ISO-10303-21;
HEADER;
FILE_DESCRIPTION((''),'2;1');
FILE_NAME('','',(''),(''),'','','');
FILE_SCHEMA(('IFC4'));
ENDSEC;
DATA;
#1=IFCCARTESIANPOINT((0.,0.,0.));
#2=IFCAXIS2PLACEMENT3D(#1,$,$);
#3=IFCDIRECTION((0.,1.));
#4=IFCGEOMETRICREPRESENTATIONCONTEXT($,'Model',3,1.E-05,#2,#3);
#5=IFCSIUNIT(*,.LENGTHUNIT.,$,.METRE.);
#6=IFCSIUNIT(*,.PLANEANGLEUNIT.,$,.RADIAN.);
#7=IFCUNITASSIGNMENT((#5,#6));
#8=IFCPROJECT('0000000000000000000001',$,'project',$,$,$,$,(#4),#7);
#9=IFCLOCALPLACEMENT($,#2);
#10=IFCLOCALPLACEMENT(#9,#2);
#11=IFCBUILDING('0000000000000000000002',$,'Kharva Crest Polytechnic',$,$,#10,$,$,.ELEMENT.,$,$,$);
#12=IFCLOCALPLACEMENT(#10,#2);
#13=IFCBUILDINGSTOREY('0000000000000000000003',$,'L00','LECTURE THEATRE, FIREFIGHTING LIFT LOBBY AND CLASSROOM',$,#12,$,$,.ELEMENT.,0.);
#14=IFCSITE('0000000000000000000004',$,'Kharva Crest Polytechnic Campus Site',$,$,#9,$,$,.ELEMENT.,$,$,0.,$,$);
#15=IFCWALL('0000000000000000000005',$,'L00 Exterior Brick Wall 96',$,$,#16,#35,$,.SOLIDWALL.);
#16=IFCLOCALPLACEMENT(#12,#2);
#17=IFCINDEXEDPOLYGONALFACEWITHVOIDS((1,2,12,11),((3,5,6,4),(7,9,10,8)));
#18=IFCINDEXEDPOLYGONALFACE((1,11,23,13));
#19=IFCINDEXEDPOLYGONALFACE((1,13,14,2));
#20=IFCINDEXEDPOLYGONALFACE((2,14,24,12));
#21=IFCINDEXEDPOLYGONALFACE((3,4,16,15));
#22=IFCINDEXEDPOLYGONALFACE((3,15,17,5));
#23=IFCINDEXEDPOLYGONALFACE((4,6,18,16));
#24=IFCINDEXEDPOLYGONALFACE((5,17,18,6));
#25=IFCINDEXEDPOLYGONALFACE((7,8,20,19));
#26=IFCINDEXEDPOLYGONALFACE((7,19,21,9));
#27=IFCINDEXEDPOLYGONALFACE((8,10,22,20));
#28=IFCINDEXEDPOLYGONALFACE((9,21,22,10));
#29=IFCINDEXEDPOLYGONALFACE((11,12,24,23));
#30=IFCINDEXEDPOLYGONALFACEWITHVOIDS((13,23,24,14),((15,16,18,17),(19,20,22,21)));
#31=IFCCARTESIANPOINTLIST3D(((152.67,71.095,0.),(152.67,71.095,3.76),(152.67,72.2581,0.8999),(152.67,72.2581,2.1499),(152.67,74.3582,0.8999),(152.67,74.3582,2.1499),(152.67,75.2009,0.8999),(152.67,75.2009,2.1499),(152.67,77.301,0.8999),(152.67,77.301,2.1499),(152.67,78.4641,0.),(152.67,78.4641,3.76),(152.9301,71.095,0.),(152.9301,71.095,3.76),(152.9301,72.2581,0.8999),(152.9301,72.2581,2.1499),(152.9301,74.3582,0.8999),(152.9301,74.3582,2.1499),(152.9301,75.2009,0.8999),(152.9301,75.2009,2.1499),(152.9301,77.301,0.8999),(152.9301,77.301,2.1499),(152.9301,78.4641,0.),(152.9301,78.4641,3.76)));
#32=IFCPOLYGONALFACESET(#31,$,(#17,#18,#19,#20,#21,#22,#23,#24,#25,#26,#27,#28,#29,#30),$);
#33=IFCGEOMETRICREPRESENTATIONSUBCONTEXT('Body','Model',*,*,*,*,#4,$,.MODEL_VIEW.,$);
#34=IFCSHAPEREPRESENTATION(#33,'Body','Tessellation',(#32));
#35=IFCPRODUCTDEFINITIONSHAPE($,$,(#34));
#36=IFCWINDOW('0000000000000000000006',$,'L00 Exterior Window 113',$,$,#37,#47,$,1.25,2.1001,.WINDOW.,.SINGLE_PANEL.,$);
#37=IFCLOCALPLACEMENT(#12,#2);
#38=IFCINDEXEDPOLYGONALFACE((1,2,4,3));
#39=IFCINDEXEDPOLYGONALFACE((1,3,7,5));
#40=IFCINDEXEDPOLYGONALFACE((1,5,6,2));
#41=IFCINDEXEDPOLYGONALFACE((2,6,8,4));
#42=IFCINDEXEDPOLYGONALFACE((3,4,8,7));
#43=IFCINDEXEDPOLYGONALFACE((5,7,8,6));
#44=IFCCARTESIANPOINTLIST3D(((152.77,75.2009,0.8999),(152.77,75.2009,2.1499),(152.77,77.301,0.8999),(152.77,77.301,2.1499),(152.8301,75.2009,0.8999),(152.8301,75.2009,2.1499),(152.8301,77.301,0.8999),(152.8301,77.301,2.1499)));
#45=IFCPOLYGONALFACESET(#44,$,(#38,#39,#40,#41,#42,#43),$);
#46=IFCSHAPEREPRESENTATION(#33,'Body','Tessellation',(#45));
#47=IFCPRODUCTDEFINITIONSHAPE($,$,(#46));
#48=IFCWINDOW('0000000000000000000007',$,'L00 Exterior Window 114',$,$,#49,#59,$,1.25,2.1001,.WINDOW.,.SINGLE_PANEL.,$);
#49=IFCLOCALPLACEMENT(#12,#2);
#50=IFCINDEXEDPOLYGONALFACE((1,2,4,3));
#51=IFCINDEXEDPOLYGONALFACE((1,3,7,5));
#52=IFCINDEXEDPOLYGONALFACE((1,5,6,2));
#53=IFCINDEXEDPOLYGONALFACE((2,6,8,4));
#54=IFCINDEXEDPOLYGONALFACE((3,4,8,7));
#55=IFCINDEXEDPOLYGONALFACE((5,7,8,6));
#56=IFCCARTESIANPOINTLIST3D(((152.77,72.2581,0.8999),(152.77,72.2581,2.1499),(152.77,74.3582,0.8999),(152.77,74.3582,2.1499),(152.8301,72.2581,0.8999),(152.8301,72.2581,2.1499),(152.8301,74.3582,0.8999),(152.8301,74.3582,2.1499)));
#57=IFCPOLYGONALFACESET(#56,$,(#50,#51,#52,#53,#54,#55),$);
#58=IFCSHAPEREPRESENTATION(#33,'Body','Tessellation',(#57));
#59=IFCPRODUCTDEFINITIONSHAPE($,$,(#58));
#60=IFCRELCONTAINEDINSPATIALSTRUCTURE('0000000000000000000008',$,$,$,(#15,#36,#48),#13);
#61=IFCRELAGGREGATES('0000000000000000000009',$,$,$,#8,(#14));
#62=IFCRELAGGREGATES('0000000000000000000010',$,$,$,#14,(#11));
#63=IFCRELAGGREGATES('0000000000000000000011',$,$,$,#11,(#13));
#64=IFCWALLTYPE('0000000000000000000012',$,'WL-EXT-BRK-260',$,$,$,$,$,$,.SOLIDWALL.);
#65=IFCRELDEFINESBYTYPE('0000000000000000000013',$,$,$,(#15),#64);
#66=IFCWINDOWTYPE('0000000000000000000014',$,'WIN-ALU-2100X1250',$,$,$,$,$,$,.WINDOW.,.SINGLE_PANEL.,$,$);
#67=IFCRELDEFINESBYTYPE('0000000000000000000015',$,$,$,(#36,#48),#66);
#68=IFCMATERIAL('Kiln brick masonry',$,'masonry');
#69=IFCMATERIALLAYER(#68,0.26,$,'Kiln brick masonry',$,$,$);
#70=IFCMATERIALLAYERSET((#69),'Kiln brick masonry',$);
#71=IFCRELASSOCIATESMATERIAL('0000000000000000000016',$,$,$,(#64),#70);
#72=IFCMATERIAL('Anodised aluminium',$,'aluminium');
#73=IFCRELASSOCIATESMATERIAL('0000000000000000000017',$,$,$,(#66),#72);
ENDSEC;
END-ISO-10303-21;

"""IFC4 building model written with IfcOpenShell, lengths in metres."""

from ifc_helpers import new_model, si_unit, direction, frame, frame_2d, origin, place, context, subcontext, project, spatial, rectangle, extrude, material, layer, layer_set, type_object, element, fill, save


model = new_model("IFC4")

# Units and contexts
model_context = context("Model", 3, precision=1e-05, world=origin(), true_north=direction((0.0, 1.0)))
body_context = subcontext(model_context, "Body", "Model", "MODEL_VIEW")
ifc_project = project(units=[si_unit("LENGTHUNIT", "METRE"), si_unit("PLANEANGLEUNIT", "RADIAN")], contexts=[model_context])

# Site, building, storey
site_placement = place(None, origin())
site = spatial("IfcSite", under=ifc_project, at=site_placement, Name="Kharva Crest Polytechnic Campus Site", CompositionType="ELEMENT", RefElevation=0.0)
building_placement = place(site_placement, origin())
building = spatial("IfcBuilding", under=site, at=building_placement, Name="Kharva Crest Polytechnic", CompositionType="ELEMENT")
storey_placement = place(building_placement, origin())
storey = spatial("IfcBuildingStorey", under=building, at=storey_placement, Name="L00", Description="LECTURE THEATRE, FIREFIGHTING LIFT LOBBY AND CLASSROOM", CompositionType="ELEMENT", Elevation=0.0)

# Wall, openings, windows
ifc_material_1 = material(Name="Kiln brick masonry", Category="masonry")
ifc_layer_1 = layer(ifc_material_1, 0.26, Name="Kiln brick masonry")
ifc_layer_set_1 = layer_set([ifc_layer_1], Name="Kiln brick masonry")
wall_type_1 = type_object("IfcWallType", Name="WL-EXT-BRK-260", PredefinedType="SOLIDWALL", material=ifc_layer_set_1)
wall_1_placement = place(storey_placement, frame((152.8, 78.4641, 0.0), z_axis=(0.0, 0.0, 1.0), x_axis=(0.0, -1.0, 0.0)))
wall_1 = element("IfcWall", 1, at=wall_1_placement, inside=storey, type_object=wall_type_1, Name="L00 Exterior Brick Wall 96", PredefinedType="SOLIDWALL", context=body_context, shape_type="SweptSolid", body=[
    extrude(rectangle(XDim=7.3691, YDim=0.26, at=frame_2d((3.6846, 0.0))), origin(), (0.0, 0.0, 1.0), 3.76),
])
opening_1_placement = place(wall_1_placement, frame((1.1631, 0.0, 0.8999)))
opening_1 = element("IfcOpeningElement", 2, at=opening_1_placement, cuts=wall_1, PredefinedType="OPENING", context=body_context, shape_type="SweptSolid", body=[
    extrude(rectangle(XDim=2.1001, YDim=1.25, at=frame_2d((1.05, 0.625))), frame((0.0, 0.1399, 0.0), z_axis=(0.0, -1.0, 0.0), x_axis=(1.0, 0.0, 0.0)), (0.0, 0.0, 1.0), 0.28),
])
opening_2_placement = place(wall_1_placement, frame((4.106, 0.0, 0.8999)))
opening_2 = element("IfcOpeningElement", 3, at=opening_2_placement, cuts=wall_1, PredefinedType="OPENING", context=body_context, shape_type="SweptSolid", body=[
    extrude(rectangle(XDim=2.1001, YDim=1.25, at=frame_2d((1.05, 0.625))), frame((0.0, 0.1399, 0.0), z_axis=(0.0, -1.0, 0.0), x_axis=(1.0, 0.0, 0.0)), (0.0, 0.0, 1.0), 0.28),
])
ifc_material_2 = material(Name="Anodised aluminium", Category="aluminium")
window_type = type_object("IfcWindowType", Name="WIN-ALU-2100X1250", PartitioningType="SINGLE_PANEL", PredefinedType="WINDOW", material=ifc_material_2)
window_1_placement = place(opening_1_placement, origin())
window_1 = element("IfcWindow", 4, at=window_1_placement, inside=storey, type_object=window_type, Name="L00 Exterior Window 113", OverallHeight=1.25, OverallWidth=2.1001, PartitioningType="SINGLE_PANEL", PredefinedType="WINDOW", context=body_context, shape_type="SweptSolid", body=[
    extrude(rectangle(XDim=2.1001, YDim=1.25, at=frame_2d((1.05, 0.625))), frame((0.0, 0.03, 0.0), z_axis=(0.0, -1.0, 0.0), x_axis=(1.0, 0.0, 0.0)), (0.0, 0.0, 1.0), 0.0601),
])
fill(opening_1, window_1)
window_2_placement = place(opening_2_placement, origin())
window_2 = element("IfcWindow", 5, at=window_2_placement, inside=storey, type_object=window_type, Name="L00 Exterior Window 114", OverallHeight=1.25, OverallWidth=2.1001, PartitioningType="SINGLE_PANEL", PredefinedType="WINDOW", context=body_context, shape_type="SweptSolid", body=[
    extrude(rectangle(XDim=2.1001, YDim=1.25, at=frame_2d((1.05, 0.625))), frame((0.0, 0.03, 0.0), z_axis=(0.0, -1.0, 0.0), x_axis=(1.0, 0.0, 0.0)), (0.0, 0.0, 1.0), 0.0601),
])
fill(opening_2, window_2)

save(model, "model.ifc")
